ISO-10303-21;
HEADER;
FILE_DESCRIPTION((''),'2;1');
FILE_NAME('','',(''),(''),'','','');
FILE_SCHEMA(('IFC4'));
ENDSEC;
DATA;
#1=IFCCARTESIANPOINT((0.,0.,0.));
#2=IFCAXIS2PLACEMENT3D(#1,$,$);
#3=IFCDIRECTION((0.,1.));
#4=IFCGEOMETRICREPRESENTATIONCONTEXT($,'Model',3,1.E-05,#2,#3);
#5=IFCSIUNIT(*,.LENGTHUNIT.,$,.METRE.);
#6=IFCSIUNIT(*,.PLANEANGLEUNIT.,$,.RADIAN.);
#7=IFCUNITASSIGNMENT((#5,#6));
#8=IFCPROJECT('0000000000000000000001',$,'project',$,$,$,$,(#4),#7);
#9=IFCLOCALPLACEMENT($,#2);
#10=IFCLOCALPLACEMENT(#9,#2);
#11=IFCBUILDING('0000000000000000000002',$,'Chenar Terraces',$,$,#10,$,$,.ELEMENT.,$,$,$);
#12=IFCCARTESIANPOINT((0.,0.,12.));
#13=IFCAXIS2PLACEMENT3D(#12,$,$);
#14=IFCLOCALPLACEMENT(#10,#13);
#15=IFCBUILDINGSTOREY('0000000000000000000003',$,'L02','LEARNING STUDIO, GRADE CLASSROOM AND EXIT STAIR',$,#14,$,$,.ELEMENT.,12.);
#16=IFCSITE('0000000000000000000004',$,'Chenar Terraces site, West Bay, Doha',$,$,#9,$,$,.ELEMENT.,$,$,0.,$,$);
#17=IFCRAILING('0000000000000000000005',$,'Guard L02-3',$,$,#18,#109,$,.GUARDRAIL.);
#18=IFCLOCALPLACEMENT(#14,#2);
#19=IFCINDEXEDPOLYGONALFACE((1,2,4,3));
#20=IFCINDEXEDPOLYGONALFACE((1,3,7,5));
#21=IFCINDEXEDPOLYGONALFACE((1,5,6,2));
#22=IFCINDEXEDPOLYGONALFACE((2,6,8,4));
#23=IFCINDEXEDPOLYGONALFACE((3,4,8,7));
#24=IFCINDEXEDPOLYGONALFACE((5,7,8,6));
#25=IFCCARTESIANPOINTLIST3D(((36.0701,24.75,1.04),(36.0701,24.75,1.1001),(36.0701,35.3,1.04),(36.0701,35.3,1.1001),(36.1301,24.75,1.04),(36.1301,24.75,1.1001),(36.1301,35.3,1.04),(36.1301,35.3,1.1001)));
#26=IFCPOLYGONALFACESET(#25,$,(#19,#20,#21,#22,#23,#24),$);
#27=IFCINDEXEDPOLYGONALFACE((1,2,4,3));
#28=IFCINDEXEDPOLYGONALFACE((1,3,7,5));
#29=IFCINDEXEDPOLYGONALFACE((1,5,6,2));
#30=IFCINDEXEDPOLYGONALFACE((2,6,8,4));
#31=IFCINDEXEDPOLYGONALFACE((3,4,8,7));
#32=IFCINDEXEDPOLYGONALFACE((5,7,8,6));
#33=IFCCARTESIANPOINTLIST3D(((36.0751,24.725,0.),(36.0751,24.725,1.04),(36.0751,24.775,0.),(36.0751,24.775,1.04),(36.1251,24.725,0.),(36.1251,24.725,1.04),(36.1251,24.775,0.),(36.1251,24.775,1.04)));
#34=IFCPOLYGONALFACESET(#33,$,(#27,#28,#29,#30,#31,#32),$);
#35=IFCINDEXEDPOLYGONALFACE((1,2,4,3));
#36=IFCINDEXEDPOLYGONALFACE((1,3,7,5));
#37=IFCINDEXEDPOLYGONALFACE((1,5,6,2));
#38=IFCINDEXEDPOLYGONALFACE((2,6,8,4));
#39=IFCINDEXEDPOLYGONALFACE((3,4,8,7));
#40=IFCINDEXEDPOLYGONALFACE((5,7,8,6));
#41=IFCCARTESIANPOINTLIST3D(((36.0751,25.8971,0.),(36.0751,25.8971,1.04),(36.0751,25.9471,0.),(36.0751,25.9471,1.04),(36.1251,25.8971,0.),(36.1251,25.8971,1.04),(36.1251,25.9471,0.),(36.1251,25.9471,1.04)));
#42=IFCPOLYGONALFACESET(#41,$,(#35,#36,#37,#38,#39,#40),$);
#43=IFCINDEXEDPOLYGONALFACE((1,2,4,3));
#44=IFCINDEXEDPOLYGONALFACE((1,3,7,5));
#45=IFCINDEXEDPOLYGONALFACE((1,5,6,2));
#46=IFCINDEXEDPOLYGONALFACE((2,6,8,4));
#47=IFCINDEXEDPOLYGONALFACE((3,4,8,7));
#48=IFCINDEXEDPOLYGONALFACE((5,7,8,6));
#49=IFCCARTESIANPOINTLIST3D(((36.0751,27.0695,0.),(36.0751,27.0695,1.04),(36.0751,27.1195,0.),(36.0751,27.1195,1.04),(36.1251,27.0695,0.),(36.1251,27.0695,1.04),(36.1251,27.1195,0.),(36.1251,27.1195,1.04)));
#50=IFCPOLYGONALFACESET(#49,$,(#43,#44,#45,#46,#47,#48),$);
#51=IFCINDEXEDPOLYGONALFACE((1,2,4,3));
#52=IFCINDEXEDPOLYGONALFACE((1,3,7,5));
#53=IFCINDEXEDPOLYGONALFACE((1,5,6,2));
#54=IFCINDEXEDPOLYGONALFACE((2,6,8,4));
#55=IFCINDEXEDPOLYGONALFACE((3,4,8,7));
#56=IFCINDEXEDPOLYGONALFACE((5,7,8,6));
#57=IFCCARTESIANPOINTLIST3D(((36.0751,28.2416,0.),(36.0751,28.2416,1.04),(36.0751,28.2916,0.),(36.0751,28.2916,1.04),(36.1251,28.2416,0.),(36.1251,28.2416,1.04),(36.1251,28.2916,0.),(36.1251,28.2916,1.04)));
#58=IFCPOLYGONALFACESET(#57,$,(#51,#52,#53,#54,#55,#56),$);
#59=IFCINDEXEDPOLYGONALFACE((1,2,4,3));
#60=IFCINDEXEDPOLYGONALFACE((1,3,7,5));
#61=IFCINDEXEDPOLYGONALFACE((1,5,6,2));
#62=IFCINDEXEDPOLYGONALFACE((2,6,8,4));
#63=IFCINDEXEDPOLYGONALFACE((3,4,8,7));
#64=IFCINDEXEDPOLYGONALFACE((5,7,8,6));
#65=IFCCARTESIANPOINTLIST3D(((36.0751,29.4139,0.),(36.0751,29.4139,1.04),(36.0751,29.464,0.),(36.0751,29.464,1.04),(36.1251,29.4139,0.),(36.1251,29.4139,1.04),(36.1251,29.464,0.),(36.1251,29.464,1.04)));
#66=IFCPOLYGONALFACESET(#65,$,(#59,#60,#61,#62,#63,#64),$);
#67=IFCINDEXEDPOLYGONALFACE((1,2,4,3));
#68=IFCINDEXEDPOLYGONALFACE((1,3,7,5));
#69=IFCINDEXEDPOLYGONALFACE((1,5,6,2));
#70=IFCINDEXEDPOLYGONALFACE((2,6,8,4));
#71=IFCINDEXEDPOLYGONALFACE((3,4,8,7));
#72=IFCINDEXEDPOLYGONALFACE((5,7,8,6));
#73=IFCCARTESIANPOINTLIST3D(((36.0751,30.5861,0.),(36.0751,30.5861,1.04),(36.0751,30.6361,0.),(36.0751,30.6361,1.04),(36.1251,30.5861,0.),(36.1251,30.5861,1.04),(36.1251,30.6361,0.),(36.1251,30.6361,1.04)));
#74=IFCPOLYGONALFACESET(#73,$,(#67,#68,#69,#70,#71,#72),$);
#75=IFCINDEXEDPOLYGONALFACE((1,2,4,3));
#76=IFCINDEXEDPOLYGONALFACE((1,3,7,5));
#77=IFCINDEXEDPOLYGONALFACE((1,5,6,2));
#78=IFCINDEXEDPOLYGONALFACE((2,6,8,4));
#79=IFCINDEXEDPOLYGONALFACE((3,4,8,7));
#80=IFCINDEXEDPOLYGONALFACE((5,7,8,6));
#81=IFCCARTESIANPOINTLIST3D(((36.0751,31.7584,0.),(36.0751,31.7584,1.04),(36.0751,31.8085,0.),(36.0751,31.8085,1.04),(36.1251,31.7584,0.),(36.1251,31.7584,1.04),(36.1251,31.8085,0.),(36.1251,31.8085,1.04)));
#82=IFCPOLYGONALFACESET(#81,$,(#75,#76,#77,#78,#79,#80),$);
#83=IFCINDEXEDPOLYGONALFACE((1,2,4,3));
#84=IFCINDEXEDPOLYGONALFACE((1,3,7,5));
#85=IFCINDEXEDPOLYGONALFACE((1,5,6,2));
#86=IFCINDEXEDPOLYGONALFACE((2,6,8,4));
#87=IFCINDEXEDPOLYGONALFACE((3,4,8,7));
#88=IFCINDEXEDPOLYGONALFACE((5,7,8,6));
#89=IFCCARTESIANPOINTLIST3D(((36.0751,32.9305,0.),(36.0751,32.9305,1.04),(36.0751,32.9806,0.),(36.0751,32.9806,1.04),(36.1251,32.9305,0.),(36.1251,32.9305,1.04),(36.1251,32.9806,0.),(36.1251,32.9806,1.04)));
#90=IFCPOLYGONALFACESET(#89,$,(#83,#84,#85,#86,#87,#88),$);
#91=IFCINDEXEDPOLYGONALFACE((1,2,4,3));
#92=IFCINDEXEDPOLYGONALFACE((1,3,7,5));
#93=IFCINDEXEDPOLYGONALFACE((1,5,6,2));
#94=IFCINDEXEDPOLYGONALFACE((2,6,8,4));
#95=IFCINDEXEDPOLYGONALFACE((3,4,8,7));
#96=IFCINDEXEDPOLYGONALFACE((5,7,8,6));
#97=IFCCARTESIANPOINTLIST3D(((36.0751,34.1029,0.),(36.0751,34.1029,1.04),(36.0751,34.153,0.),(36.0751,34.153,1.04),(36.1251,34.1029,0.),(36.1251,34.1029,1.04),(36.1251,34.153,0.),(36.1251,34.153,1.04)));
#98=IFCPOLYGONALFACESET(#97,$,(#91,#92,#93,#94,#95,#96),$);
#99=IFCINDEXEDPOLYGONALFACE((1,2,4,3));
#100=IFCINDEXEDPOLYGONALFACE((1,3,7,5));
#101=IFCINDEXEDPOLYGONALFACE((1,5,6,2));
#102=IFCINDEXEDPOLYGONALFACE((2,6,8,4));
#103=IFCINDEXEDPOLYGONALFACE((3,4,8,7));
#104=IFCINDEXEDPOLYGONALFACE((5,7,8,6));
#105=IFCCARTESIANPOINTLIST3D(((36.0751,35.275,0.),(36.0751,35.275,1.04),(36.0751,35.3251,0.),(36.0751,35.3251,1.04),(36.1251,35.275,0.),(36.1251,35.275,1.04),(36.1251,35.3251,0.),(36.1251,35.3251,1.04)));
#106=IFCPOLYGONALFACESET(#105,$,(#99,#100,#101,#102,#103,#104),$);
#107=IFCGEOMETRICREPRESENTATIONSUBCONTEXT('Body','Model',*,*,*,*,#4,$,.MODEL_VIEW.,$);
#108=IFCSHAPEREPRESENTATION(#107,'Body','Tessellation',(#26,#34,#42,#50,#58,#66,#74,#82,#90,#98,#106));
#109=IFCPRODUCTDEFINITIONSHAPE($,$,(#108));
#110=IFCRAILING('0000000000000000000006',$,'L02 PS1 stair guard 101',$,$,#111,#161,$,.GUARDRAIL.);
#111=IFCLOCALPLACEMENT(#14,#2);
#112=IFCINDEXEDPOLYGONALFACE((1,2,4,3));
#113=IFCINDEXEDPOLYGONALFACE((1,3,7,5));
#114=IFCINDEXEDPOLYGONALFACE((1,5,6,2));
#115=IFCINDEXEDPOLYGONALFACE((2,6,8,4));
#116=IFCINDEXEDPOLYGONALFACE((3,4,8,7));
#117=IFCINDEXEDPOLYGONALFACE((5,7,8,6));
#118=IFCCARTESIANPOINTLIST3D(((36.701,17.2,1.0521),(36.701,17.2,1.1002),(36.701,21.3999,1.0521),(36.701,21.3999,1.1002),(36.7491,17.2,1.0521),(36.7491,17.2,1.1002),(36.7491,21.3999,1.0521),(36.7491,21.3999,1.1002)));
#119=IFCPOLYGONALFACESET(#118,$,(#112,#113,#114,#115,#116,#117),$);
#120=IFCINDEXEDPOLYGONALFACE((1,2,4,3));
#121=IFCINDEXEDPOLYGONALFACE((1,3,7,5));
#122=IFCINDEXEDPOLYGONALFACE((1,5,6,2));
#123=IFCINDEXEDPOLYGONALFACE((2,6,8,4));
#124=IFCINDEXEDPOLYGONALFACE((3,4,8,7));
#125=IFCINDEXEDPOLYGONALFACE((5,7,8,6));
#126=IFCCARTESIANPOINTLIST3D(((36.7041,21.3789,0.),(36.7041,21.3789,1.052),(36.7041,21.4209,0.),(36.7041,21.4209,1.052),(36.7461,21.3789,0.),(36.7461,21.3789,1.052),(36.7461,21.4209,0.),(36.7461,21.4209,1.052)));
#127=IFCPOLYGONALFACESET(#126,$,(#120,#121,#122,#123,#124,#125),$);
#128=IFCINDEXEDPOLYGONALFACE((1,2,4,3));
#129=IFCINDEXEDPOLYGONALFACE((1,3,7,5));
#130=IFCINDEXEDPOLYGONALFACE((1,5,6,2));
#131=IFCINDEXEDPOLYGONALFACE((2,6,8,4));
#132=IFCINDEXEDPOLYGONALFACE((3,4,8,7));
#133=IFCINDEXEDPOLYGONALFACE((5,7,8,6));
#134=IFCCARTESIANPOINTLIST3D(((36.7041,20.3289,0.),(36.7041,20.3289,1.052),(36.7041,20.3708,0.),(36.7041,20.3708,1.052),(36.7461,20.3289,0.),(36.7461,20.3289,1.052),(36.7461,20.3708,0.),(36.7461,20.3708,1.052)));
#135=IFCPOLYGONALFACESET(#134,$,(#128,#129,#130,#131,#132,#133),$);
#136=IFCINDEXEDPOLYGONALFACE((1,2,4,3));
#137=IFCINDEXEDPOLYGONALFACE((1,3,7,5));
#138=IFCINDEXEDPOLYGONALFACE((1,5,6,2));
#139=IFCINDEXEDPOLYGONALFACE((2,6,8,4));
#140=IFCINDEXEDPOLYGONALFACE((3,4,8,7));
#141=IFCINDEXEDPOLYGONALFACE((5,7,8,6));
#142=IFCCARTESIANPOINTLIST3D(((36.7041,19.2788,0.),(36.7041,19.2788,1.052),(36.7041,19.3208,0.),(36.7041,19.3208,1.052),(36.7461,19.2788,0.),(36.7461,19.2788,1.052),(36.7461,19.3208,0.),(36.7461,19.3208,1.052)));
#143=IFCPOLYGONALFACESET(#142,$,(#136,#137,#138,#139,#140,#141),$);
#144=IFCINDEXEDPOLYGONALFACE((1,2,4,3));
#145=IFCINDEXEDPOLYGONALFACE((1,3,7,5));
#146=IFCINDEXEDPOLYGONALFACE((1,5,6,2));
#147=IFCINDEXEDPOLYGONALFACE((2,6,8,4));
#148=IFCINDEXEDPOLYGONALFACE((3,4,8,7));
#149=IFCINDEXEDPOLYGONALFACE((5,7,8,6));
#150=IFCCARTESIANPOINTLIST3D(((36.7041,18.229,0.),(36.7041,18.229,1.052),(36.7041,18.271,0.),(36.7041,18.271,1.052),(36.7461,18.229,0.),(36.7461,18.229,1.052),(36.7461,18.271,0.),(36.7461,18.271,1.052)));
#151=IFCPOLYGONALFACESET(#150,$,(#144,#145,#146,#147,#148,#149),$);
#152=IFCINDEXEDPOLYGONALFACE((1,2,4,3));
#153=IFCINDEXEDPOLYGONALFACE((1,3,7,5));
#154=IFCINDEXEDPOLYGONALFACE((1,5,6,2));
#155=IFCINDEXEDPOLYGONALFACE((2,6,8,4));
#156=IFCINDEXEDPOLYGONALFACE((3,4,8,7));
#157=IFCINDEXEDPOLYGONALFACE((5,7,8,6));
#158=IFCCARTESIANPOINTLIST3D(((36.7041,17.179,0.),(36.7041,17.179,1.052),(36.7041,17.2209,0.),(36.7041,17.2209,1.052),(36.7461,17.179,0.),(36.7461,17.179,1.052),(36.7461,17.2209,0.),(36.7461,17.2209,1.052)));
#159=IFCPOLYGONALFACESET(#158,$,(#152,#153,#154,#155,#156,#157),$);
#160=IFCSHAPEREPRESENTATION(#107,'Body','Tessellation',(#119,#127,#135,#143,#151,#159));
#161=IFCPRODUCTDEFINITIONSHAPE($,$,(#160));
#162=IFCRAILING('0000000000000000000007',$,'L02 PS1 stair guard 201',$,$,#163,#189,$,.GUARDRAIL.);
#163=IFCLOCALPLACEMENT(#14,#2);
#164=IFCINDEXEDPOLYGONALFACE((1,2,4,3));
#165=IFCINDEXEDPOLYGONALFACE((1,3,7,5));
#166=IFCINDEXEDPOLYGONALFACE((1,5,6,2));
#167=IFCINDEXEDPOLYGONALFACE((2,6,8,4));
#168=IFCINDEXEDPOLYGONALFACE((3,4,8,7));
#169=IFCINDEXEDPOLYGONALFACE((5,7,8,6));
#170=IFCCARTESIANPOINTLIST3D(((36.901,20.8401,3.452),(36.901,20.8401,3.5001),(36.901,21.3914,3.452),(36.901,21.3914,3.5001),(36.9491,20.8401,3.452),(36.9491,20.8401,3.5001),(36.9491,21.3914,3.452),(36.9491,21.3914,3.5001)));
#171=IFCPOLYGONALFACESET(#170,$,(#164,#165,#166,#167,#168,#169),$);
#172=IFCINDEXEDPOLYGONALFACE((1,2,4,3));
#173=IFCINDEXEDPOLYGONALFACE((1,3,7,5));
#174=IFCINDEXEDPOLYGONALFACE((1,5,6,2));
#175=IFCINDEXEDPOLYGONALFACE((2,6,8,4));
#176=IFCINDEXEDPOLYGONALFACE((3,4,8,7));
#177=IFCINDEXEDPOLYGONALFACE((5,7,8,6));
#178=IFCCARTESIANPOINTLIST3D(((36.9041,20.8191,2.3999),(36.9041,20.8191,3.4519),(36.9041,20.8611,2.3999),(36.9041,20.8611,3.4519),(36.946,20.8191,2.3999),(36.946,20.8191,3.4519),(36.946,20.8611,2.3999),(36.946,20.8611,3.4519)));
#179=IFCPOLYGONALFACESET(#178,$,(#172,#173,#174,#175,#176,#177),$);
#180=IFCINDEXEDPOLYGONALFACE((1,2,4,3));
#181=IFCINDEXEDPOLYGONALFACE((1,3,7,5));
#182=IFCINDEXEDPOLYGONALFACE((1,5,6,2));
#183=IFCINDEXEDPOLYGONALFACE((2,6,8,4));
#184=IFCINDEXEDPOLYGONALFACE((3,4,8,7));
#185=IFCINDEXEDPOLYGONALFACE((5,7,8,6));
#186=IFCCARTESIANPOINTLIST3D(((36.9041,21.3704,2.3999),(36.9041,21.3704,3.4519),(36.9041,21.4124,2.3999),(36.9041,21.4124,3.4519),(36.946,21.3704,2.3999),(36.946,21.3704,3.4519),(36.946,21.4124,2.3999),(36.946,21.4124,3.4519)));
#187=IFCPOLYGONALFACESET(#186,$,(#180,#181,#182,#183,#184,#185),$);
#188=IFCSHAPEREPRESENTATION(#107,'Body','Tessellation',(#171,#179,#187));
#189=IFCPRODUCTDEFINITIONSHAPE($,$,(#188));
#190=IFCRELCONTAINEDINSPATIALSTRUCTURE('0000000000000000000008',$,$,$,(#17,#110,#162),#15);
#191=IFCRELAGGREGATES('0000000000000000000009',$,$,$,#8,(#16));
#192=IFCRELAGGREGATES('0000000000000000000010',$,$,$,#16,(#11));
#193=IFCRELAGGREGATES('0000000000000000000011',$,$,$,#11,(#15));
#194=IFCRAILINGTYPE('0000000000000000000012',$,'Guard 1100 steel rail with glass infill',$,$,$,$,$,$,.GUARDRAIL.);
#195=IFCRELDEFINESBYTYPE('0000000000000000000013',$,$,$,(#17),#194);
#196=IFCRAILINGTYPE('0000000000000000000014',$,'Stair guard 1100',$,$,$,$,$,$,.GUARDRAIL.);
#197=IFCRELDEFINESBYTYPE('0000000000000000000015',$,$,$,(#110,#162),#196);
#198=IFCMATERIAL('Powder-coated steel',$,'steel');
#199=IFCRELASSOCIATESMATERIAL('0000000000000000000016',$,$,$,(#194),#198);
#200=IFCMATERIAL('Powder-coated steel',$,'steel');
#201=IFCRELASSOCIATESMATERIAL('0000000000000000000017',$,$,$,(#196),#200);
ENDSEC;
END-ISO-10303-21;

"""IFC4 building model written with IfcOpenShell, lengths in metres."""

from ifc_helpers import new_model, si_unit, direction, frame, origin, origin_2d, place, context, subcontext, project, spatial, rectangle, extrude, material, type_object, element, save


model = new_model("IFC4")

# Units and contexts
model_context = context("Model", 3, precision=1e-05, world=origin(), true_north=direction((0.0, 1.0)))
body_context = subcontext(model_context, "Body", "Model", "MODEL_VIEW")
ifc_project = project(units=[si_unit("LENGTHUNIT", "METRE"), si_unit("PLANEANGLEUNIT", "RADIAN")], contexts=[model_context])

# Site, building, storey
site_placement = place(None, origin())
site = spatial("IfcSite", under=ifc_project, at=site_placement, Name="Chenar Terraces site, West Bay, Doha", CompositionType="ELEMENT", RefElevation=0.0)
building_placement = place(site_placement, origin())
building = spatial("IfcBuilding", under=site, at=building_placement, Name="Chenar Terraces", CompositionType="ELEMENT")
storey_placement = place(building_placement, frame((0.0, 0.0, 12.0)))
storey = spatial("IfcBuildingStorey", under=building, at=storey_placement, Name="L02", Description="LEARNING STUDIO, GRADE CLASSROOM AND EXIT STAIR", CompositionType="ELEMENT", Elevation=12.0)

# Railings
ifc_material_1 = material(Name="Powder-coated steel", Category="steel")
railing_type_1 = type_object("IfcRailingType", Name="Guard 1100 steel rail with glass infill", PredefinedType="GUARDRAIL", material=ifc_material_1)
railing_1_placement = place(storey_placement, frame((36.1001, 24.75, 0.0)))
element("IfcRailing", 1, at=railing_1_placement, inside=storey, type_object=railing_type_1, Name="Guard L02-3", PredefinedType="GUARDRAIL", context=body_context, shape_type="SweptSolid", body=[
    extrude(rectangle(XDim=0.0601, YDim=0.0601, at=origin_2d()), frame((0.0, 0.0, 1.0701), z_axis=(0.0, 1.0, 0.0), x_axis=(-1.0, 0.0, 0.0)), (0.0, 0.0, 1.0), 10.55),
    extrude(rectangle(XDim=0.05, YDim=0.05, at=origin_2d()), origin(), (0.0, 0.0, 1.0), 1.04),
    extrude(rectangle(XDim=0.05, YDim=0.05, at=origin_2d()), frame((0.0, 1.1721, 0.0)), (0.0, 0.0, 1.0), 1.04),
    extrude(rectangle(XDim=0.05, YDim=0.05, at=origin_2d()), frame((0.0, 2.3445, 0.0)), (0.0, 0.0, 1.0), 1.04),
    extrude(rectangle(XDim=0.05, YDim=0.05, at=origin_2d()), frame((0.0, 3.5166, 0.0)), (0.0, 0.0, 1.0), 1.04),
    extrude(rectangle(XDim=0.05, YDim=0.05, at=origin_2d()), frame((0.0, 4.689, 0.0)), (0.0, 0.0, 1.0), 1.04),
    extrude(rectangle(XDim=0.05, YDim=0.05, at=origin_2d()), frame((0.0, 5.8611, 0.0)), (0.0, 0.0, 1.0), 1.04),
    extrude(rectangle(XDim=0.05, YDim=0.05, at=origin_2d()), frame((0.0, 7.0334, 0.0)), (0.0, 0.0, 1.0), 1.04),
    extrude(rectangle(XDim=0.05, YDim=0.05, at=origin_2d()), frame((0.0, 8.2056, 0.0)), (0.0, 0.0, 1.0), 1.04),
    extrude(rectangle(XDim=0.05, YDim=0.05, at=origin_2d()), frame((0.0, 9.3779, 0.0)), (0.0, 0.0, 1.0), 1.04),
    extrude(rectangle(XDim=0.05, YDim=0.05, at=origin_2d()), frame((0.0, 10.55, 0.0)), (0.0, 0.0, 1.0), 1.04),
])
ifc_material_2 = material(Name="Powder-coated steel", Category="steel")
railing_type_2 = type_object("IfcRailingType", Name="Stair guard 1100", PredefinedType="GUARDRAIL", material=ifc_material_2)
railing_2_placement = place(storey_placement, frame((36.7251, 21.3999, 0.0)))
element("IfcRailing", 2, at=railing_2_placement, inside=storey, type_object=railing_type_2, Name="L02 PS1 stair guard 101", PredefinedType="GUARDRAIL", context=body_context, shape_type="SweptSolid", body=[
    extrude(rectangle(XDim=0.0481, YDim=0.0481, at=origin_2d()), frame((0.0, 0.0, 1.0762), z_axis=(0.0, -1.0, 0.0), x_axis=(1.0, 0.0, 0.0)), (0.0, 0.0, 1.0), 4.2),
    extrude(rectangle(XDim=0.042, YDim=0.042, at=origin_2d()), origin(), (0.0, 0.0, 1.0), 1.052),
    extrude(rectangle(XDim=0.042, YDim=0.042, at=origin_2d()), frame((0.0, -1.05, 0.0)), (0.0, 0.0, 1.0), 1.052),
    extrude(rectangle(XDim=0.042, YDim=0.042, at=origin_2d()), frame((0.0, -2.1001, 0.0)), (0.0, 0.0, 1.0), 1.052),
    extrude(rectangle(XDim=0.042, YDim=0.042, at=origin_2d()), frame((0.0, -3.1499, 0.0)), (0.0, 0.0, 1.0), 1.052),
    extrude(rectangle(XDim=0.042, YDim=0.042, at=origin_2d()), frame((0.0, -4.2, 0.0)), (0.0, 0.0, 1.0), 1.052),
])
railing_3_placement = place(storey_placement, frame((36.925, 20.8401, 2.3999)))
element("IfcRailing", 3, at=railing_3_placement, inside=storey, type_object=railing_type_2, Name="L02 PS1 stair guard 201", PredefinedType="GUARDRAIL", context=body_context, shape_type="SweptSolid", body=[
    extrude(rectangle(XDim=0.0481, YDim=0.0481, at=origin_2d()), frame((0.0, 0.0, 1.0762), z_axis=(0.0, 1.0, 0.0), x_axis=(-1.0, 0.0, 0.0)), (0.0, 0.0, 1.0), 0.5513),
    extrude(rectangle(XDim=0.042, YDim=0.042, at=origin_2d()), origin(), (0.0, 0.0, 1.0), 1.052),
    extrude(rectangle(XDim=0.042, YDim=0.042, at=origin_2d()), frame((0.0, 0.5513, 0.0)), (0.0, 0.0, 1.0), 1.052),
])

save(model, "model.ifc")
